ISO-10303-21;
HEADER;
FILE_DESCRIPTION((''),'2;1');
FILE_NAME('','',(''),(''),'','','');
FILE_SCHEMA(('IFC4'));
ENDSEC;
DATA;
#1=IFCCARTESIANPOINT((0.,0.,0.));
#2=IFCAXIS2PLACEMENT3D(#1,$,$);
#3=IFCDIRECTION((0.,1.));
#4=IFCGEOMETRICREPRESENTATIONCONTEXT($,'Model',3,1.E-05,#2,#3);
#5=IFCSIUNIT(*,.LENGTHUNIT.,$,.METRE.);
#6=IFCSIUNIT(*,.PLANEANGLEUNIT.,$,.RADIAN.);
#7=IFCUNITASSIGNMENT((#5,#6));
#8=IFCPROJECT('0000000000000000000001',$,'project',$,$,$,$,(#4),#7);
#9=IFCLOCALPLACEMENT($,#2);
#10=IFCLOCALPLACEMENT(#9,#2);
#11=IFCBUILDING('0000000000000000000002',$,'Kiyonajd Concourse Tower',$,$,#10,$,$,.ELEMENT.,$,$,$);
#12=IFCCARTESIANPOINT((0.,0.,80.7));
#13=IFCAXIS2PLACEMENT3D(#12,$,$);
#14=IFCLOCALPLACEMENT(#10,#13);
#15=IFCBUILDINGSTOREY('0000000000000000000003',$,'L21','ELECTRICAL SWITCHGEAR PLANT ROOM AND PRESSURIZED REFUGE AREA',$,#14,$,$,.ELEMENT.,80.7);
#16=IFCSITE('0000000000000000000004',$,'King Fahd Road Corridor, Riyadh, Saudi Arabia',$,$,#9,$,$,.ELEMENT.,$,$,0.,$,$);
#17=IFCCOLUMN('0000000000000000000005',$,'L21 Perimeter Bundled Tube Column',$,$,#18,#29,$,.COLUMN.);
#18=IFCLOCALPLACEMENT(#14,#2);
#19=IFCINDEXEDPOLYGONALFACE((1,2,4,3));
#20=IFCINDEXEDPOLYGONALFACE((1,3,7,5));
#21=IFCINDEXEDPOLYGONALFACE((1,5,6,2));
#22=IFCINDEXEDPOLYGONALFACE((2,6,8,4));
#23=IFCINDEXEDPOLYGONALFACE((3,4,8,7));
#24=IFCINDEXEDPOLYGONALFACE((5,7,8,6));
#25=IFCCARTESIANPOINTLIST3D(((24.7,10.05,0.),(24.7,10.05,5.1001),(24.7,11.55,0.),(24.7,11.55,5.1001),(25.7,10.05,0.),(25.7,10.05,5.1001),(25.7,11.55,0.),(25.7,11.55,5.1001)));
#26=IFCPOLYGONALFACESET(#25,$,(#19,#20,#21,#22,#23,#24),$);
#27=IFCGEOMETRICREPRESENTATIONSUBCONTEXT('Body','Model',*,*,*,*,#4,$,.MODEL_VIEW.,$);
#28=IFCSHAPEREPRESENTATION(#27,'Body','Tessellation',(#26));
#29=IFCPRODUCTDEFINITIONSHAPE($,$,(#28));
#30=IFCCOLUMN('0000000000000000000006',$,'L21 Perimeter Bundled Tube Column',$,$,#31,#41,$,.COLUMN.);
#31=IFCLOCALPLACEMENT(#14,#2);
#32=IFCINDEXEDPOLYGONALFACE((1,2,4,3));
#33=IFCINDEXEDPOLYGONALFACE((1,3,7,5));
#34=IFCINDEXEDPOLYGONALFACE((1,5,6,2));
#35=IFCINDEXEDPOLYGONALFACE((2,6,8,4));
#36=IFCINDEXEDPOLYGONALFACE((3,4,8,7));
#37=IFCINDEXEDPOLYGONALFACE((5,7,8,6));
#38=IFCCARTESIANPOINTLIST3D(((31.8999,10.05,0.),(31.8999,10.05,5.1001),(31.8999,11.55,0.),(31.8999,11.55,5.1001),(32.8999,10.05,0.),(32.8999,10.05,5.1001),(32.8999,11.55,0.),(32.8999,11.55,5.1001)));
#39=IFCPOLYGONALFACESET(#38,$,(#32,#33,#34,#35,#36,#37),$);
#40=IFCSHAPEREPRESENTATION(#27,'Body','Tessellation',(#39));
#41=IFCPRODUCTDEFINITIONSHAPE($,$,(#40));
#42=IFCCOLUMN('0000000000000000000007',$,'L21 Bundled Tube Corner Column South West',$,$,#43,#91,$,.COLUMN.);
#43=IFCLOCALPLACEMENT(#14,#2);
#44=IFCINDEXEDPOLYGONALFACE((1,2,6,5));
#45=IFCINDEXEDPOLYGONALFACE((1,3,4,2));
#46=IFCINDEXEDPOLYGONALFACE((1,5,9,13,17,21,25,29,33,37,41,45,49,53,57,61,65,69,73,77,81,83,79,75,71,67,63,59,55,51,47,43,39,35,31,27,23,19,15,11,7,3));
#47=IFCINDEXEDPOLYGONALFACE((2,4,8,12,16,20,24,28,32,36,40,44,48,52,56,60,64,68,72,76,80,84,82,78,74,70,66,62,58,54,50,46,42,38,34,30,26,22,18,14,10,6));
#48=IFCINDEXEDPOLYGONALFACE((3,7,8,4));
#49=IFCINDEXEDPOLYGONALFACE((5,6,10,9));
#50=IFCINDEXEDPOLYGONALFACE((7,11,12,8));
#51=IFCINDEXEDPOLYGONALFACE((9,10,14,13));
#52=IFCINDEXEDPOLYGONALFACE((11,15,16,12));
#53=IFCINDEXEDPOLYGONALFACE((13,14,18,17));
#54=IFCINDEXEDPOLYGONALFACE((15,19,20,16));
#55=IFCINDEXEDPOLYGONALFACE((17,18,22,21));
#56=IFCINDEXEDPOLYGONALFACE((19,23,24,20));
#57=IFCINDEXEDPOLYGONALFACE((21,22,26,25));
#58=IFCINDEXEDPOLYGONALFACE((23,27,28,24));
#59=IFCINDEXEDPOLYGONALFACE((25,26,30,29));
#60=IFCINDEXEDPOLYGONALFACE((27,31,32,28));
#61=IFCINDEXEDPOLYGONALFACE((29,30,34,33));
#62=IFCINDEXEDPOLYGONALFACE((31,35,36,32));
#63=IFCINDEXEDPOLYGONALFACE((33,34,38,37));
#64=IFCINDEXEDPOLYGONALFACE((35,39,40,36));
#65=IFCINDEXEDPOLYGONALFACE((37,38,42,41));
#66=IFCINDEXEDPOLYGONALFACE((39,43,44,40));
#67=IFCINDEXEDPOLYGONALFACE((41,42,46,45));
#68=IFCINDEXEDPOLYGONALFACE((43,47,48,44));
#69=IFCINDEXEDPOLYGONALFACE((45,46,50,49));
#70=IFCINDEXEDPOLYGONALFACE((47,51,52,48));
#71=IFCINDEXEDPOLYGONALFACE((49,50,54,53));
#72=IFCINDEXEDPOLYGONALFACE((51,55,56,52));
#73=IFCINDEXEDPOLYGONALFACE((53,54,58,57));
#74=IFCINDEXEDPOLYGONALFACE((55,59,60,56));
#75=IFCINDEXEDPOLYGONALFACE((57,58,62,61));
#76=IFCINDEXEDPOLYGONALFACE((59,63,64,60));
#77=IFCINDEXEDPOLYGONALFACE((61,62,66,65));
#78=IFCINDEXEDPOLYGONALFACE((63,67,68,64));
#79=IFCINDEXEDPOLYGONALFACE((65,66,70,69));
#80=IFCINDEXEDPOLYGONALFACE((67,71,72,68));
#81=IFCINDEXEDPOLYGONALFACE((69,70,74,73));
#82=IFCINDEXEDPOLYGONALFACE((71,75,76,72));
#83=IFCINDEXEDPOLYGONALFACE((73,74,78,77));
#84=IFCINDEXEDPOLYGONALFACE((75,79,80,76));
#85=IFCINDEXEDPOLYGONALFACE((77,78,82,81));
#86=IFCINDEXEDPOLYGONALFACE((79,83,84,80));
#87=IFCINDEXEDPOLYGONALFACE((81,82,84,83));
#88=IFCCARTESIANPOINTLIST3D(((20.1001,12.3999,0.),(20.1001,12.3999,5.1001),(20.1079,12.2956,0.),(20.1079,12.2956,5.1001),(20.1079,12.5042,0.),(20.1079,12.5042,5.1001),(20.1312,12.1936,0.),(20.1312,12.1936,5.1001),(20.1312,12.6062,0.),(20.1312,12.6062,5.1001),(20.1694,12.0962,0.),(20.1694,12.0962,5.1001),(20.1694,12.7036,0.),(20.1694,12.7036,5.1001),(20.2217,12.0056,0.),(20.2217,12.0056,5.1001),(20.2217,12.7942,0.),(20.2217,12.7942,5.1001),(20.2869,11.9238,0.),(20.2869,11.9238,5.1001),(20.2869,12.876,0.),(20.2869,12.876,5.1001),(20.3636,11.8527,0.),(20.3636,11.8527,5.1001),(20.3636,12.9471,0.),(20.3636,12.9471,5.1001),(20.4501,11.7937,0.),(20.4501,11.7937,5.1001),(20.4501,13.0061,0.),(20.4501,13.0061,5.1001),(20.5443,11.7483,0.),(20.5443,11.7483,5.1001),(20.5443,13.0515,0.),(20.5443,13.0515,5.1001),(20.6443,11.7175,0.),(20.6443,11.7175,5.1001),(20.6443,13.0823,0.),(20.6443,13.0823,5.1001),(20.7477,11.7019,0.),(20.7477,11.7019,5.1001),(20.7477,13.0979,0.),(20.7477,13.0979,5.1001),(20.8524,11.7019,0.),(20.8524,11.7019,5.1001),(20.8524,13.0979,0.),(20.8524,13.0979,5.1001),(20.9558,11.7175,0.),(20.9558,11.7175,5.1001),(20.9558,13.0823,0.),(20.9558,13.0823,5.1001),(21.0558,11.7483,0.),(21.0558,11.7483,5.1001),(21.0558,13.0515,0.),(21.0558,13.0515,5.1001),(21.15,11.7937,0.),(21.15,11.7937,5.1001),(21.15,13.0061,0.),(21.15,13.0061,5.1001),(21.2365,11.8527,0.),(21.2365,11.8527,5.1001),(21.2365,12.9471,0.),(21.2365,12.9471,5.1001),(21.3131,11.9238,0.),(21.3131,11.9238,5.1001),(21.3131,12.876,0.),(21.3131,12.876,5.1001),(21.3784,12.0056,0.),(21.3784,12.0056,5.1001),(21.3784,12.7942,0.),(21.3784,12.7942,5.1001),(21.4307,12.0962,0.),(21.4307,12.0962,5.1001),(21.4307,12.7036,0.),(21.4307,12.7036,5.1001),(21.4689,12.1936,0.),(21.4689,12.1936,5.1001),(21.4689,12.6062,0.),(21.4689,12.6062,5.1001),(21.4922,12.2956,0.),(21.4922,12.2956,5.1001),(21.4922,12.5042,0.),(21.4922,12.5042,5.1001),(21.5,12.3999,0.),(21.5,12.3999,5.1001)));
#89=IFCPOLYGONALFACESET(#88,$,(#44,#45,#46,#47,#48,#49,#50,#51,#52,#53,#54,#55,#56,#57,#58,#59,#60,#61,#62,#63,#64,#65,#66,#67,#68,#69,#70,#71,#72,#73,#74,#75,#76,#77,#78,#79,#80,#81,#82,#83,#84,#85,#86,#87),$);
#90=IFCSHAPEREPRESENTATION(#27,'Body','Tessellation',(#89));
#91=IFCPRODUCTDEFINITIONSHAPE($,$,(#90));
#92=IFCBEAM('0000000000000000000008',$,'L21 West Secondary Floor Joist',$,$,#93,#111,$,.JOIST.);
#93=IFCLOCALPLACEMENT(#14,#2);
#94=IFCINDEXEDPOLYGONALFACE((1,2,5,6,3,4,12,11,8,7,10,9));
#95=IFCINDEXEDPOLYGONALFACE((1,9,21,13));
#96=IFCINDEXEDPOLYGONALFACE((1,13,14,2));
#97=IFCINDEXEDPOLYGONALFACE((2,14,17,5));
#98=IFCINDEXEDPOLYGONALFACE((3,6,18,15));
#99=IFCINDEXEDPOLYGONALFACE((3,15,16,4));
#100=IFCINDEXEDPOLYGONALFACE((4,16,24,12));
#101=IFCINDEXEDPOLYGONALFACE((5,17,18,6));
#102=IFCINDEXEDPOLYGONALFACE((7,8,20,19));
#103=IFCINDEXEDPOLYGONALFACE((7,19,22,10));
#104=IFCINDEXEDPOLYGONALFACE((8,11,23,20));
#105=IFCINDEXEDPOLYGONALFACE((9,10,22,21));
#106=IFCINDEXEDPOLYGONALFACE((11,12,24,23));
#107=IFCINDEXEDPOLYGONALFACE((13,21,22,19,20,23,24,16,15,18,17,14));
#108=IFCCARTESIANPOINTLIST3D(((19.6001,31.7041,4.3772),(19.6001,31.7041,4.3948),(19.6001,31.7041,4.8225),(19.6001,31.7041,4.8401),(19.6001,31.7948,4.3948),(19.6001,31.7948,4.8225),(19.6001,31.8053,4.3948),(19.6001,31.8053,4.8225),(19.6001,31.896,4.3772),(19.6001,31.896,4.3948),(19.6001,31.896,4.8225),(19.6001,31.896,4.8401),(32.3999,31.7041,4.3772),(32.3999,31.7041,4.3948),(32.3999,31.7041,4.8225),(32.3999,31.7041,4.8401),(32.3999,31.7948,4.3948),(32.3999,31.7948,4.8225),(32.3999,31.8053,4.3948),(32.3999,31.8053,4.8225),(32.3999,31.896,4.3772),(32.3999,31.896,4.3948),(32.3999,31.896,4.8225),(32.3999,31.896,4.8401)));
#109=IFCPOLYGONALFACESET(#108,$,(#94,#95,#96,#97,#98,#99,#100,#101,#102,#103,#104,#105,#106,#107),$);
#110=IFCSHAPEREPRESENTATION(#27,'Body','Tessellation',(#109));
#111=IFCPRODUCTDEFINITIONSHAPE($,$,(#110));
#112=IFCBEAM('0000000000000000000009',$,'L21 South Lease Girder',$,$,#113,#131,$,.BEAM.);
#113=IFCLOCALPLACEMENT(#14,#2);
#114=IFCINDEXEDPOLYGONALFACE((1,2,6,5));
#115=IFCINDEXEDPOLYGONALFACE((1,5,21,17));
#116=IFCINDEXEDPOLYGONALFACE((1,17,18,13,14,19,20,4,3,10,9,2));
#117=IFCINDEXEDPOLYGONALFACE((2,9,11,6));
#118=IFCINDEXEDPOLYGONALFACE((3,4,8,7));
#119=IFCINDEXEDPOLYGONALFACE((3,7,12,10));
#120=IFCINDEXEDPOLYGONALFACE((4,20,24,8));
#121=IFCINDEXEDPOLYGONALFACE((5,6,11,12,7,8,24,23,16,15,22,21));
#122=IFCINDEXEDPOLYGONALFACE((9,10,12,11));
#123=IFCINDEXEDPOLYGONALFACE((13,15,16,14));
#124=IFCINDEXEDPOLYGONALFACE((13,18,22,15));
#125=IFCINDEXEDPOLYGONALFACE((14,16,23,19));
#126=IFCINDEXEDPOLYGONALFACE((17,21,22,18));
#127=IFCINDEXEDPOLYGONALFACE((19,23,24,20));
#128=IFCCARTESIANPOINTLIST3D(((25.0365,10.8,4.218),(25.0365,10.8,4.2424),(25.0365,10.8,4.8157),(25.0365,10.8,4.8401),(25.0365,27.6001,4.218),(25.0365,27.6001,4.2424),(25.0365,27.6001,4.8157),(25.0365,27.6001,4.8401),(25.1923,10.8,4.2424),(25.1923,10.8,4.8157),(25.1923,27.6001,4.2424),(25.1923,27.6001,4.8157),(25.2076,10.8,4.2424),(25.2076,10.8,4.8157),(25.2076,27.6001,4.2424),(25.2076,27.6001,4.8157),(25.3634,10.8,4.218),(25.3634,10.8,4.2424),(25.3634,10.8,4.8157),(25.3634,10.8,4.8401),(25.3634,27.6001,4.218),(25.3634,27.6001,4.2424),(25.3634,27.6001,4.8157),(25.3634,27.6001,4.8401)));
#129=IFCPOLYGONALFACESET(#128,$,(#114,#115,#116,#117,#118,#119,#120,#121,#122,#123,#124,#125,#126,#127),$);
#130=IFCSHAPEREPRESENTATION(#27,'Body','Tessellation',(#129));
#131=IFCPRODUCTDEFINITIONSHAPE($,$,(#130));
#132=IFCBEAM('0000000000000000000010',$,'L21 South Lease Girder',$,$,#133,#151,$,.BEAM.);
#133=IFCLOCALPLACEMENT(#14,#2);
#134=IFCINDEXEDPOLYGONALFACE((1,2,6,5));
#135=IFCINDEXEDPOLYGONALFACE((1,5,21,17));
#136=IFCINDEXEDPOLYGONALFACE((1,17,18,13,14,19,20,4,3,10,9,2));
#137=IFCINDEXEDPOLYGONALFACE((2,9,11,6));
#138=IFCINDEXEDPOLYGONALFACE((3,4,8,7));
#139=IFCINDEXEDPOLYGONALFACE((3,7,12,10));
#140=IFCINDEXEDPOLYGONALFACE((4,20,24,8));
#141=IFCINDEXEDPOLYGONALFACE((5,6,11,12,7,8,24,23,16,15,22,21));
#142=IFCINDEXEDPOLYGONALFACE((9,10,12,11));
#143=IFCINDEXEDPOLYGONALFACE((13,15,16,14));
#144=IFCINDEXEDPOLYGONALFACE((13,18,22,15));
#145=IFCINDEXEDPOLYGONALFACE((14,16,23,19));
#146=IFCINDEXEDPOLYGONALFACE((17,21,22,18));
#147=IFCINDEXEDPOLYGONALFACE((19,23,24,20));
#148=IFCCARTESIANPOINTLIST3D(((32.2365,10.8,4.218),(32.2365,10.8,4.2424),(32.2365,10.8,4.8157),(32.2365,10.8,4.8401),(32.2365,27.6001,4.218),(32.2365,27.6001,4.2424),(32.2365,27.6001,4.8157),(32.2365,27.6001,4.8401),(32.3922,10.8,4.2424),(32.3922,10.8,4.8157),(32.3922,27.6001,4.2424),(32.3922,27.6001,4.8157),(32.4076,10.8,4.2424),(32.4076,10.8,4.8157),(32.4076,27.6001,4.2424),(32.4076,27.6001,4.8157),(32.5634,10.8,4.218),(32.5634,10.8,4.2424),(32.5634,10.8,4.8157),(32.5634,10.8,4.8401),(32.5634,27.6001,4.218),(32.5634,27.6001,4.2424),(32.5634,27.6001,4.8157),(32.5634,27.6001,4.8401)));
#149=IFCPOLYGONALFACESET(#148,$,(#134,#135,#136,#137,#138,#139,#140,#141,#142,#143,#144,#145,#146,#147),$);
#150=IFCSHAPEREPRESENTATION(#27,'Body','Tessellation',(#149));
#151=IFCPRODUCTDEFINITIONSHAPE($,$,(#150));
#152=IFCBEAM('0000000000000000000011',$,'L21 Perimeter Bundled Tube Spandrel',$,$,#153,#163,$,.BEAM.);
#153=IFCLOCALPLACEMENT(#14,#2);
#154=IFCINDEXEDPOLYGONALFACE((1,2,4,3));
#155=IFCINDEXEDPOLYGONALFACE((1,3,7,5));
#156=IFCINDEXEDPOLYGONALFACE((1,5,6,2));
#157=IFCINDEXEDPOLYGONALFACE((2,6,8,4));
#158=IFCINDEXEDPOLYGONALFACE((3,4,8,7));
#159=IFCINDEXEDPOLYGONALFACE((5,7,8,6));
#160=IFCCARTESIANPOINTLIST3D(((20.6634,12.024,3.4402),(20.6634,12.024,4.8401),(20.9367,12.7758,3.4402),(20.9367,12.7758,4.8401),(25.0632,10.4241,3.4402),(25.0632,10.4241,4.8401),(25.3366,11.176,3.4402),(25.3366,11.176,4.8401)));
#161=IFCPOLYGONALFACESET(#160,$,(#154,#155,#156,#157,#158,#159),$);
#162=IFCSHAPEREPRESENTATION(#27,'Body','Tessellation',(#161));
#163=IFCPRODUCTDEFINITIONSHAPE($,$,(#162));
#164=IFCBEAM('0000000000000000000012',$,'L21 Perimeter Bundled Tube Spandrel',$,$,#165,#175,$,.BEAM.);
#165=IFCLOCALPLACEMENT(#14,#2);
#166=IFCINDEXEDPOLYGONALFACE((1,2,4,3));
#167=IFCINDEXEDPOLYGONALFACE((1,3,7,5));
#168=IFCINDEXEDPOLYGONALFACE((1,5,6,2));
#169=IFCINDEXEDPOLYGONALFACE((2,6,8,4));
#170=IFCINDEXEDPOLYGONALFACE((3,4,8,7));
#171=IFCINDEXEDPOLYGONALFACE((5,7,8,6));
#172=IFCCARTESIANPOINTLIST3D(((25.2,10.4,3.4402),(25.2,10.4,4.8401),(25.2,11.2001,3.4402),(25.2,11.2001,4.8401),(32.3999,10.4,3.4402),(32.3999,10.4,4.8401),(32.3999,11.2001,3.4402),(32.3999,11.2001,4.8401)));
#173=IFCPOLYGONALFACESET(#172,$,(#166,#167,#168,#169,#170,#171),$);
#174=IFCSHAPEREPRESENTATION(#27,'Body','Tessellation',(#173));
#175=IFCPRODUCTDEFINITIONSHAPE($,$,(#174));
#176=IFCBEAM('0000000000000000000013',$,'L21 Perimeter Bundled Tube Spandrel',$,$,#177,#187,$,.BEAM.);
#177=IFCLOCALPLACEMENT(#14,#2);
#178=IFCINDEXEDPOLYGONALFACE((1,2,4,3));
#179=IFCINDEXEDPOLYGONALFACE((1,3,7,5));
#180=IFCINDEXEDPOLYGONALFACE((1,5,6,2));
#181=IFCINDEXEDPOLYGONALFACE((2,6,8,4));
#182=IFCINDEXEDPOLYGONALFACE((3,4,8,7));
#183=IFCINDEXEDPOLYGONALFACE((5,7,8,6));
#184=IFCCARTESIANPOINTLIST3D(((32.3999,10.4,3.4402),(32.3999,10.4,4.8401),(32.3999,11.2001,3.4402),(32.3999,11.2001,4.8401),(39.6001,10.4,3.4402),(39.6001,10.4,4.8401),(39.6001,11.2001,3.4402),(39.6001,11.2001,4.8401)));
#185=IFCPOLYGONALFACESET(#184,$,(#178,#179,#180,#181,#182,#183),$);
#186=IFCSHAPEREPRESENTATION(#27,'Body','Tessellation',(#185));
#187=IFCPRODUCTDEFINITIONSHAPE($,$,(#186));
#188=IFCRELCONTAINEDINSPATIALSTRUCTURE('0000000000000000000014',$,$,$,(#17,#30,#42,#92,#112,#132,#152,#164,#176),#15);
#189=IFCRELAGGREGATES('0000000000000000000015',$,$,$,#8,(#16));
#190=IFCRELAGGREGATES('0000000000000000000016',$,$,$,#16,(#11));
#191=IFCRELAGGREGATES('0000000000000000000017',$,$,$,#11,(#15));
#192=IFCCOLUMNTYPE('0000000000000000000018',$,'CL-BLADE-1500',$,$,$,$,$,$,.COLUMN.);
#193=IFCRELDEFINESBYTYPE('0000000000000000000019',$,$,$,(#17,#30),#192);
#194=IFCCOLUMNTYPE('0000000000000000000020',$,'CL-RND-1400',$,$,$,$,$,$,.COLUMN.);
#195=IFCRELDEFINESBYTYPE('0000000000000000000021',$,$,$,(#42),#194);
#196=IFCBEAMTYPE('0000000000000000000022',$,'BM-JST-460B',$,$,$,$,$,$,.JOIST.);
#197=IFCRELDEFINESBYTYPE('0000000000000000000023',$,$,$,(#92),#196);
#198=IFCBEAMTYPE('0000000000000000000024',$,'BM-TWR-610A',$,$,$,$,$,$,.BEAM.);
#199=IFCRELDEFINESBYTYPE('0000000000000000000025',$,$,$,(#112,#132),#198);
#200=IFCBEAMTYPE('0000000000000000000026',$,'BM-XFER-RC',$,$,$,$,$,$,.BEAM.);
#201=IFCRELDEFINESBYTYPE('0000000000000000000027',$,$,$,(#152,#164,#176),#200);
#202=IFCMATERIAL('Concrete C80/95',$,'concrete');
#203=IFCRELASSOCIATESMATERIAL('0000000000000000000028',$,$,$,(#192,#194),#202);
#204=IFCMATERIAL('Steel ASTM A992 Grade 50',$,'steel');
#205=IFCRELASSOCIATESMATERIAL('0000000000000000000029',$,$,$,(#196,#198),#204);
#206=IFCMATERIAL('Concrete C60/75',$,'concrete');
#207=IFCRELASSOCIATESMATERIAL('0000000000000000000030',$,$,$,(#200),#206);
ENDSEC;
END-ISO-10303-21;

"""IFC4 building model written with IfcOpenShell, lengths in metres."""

from ifc_helpers import new_model, si_unit, direction, frame, origin, origin_2d, place, context, subcontext, project, spatial, rectangle, circle, i_section, extrude, material, material_profile, profile_set, type_object, element, save


model = new_model("IFC4")

# Units and contexts
model_context = context("Model", 3, precision=1e-05, world=origin(), true_north=direction((0.0, 1.0)))
body_context = subcontext(model_context, "Body", "Model", "MODEL_VIEW")
ifc_project = project(units=[si_unit("LENGTHUNIT", "METRE"), si_unit("PLANEANGLEUNIT", "RADIAN")], contexts=[model_context])

# Site, building, storey
site_placement = place(None, origin())
site = spatial("IfcSite", under=ifc_project, at=site_placement, Name="King Fahd Road Corridor, Riyadh, Saudi Arabia", CompositionType="ELEMENT", RefElevation=0.0)
building_placement = place(site_placement, origin())
building = spatial("IfcBuilding", under=site, at=building_placement, Name="Kiyonajd Concourse Tower", CompositionType="ELEMENT")
storey_placement = place(building_placement, frame((0.0, 0.0, 80.7)))
storey = spatial("IfcBuildingStorey", under=building, at=storey_placement, Name="L21", Description="ELECTRICAL SWITCHGEAR PLANT ROOM AND PRESSURIZED REFUGE AREA", CompositionType="ELEMENT", Elevation=80.7)

# Columns
ifc_material_1 = material(Name="Concrete C80/95", Category="concrete")
ifc_material_profile_1 = material_profile(ifc_material_1, rectangle(XDim=1.0, YDim=1.5, at=origin_2d()), Name="RC-1500x1000")
ifc_profile_set_1 = profile_set([ifc_material_profile_1], Name="Concrete C80/95")
column_type_1 = type_object("IfcColumnType", Name="CL-BLADE-1500", PredefinedType="COLUMN", material=ifc_profile_set_1)
for number, where, z_axis, x_axis, name in (
    (1, (25.2, 10.8, 0.0), (0.0, 0.0, 1.0), (1.0, 0.0, 0.0), "L21 Perimeter Bundled Tube Column"),
    (2, (32.3999, 10.8, 0.0), (0.0, 0.0, 1.0), (1.0, 0.0, 0.0), "L21 Perimeter Bundled Tube Column"),
):
    element("IfcColumn", number, at=place(storey_placement, frame(where, z_axis=z_axis, x_axis=x_axis)), inside=storey, type_object=column_type_1, Name=name, PredefinedType="COLUMN", context=body_context, shape_type="SweptSolid", body=[
        extrude(rectangle(XDim=1.0, YDim=1.5, at=origin_2d()), origin(), (0.0, 0.0, 1.0), 5.1001),
    ])
ifc_material_profile_2 = material_profile(ifc_material_1, circle(Radius=0.7, at=origin_2d()), Name="RCC-D1400")
ifc_profile_set_2 = profile_set([ifc_material_profile_2], Name="Concrete C80/95")
column_type_2 = type_object("IfcColumnType", Name="CL-RND-1400", PredefinedType="COLUMN", material=ifc_profile_set_2)
column_placement = place(storey_placement, frame((20.8, 12.3999, 0.0), z_axis=(0.0, 0.0, 1.0), x_axis=(1.0, 0.0, 0.0)))
element("IfcColumn", 3, at=column_placement, inside=storey, type_object=column_type_2, Name="L21 Bundled Tube Corner Column South West", PredefinedType="COLUMN", context=body_context, shape_type="SweptSolid", body=[
    extrude(circle(Radius=0.7, at=origin_2d()), origin(), (0.0, 0.0, 1.0), 5.1001),
])

# Beams
ifc_material_2 = material(Name="Steel ASTM A992 Grade 50", Category="steel")
ifc_material_profile_3 = material_profile(ifc_material_2, i_section(OverallWidth=0.1919, OverallDepth=0.4629, WebThickness=0.0105, FlangeThickness=0.0176, at=origin_2d()), Name="W460X89")
ifc_profile_set_3 = profile_set([ifc_material_profile_3], Name="Steel ASTM A992 Grade 50")
beam_type_1 = type_object("IfcBeamType", Name="BM-JST-460B", PredefinedType="JOIST", material=ifc_profile_set_3)
beam_1_placement = place(storey_placement, frame((19.6001, 31.8, 4.6086), z_axis=(1.0, 0.0, 0.0), x_axis=(0.0, 1.0, 0.0)))
element("IfcBeam", 4, at=beam_1_placement, inside=storey, type_object=beam_type_1, Name="L21 West Secondary Floor Joist", PredefinedType="JOIST", context=body_context, shape_type="SweptSolid", body=[
    extrude(i_section(OverallWidth=0.1919, OverallDepth=0.4629, WebThickness=0.0105, FlangeThickness=0.0176, at=origin_2d()), origin(), (0.0, 0.0, 1.0), 12.7998),
])
ifc_material_profile_4 = material_profile(ifc_material_2, i_section(OverallWidth=0.3269, OverallDepth=0.6221, WebThickness=0.0154, FlangeThickness=0.0244, at=origin_2d()), Name="W610X195")
ifc_profile_set_4 = profile_set([ifc_material_profile_4], Name="Steel ASTM A992 Grade 50")
beam_type_2 = type_object("IfcBeamType", Name="BM-TWR-610A", PredefinedType="BEAM", material=ifc_profile_set_4)
for number, where, z_axis, x_axis, name in (
    (5, (25.2, 10.8, 4.5291), (0.0, 1.0, 0.0), (-1.0, 0.0, 0.0), "L21 South Lease Girder"),
    (6, (32.3999, 10.8, 4.5291), (0.0, 1.0, 0.0), (-1.0, 0.0, 0.0), "L21 South Lease Girder"),
):
    element("IfcBeam", number, at=place(storey_placement, frame(where, z_axis=z_axis, x_axis=x_axis)), inside=storey, type_object=beam_type_2, Name=name, PredefinedType="BEAM", context=body_context, shape_type="SweptSolid", body=[
        extrude(i_section(OverallWidth=0.3269, OverallDepth=0.6221, WebThickness=0.0154, FlangeThickness=0.0244, at=origin_2d()), origin(), (0.0, 0.0, 1.0), 16.8),
    ])
ifc_material_3 = material(Name="Concrete C60/75", Category="concrete")
ifc_material_profile_5 = material_profile(ifc_material_3, rectangle(XDim=0.8, YDim=1.3999, at=origin_2d()), Name="RCBM-800x1400")
ifc_profile_set_5 = profile_set([ifc_material_profile_5], Name="Concrete C60/75")
beam_type_3 = type_object("IfcBeamType", Name="BM-XFER-RC", PredefinedType="BEAM", material=ifc_profile_set_5)
beam_2_placement = place(storey_placement, frame((20.8, 12.3999, 4.1401), z_axis=(0.939801, -0.341722, 0.0), x_axis=(0.341722, 0.939801, 0.0)))
element("IfcBeam", 7, at=beam_2_placement, inside=storey, type_object=beam_type_3, Name="L21 Perimeter Bundled Tube Spandrel", PredefinedType="BEAM", context=body_context, shape_type="SweptSolid", body=[
    extrude(rectangle(XDim=0.8, YDim=1.3999, at=origin_2d()), origin(), (0.0, 0.0, 1.0), 4.6816),
])
beam_3_placement = place(storey_placement, frame((25.2, 10.8, 4.1401), z_axis=(1.0, 0.0, 0.0), x_axis=(0.0, 1.0, 0.0)))
element("IfcBeam", 8, at=beam_3_placement, inside=storey, type_object=beam_type_3, Name="L21 Perimeter Bundled Tube Spandrel", PredefinedType="BEAM", context=body_context, shape_type="SweptSolid", body=[
    extrude(rectangle(XDim=0.8, YDim=1.3999, at=origin_2d()), origin(), (0.0, 0.0, 1.0), 7.2),
])
beam_4_placement = place(storey_placement, frame((32.3999, 10.8, 4.1401), z_axis=(1.0, 0.0, 0.0), x_axis=(0.0, 1.0, 0.0)))
element("IfcBeam", 9, at=beam_4_placement, inside=storey, type_object=beam_type_3, Name="L21 Perimeter Bundled Tube Spandrel", PredefinedType="BEAM", context=body_context, shape_type="SweptSolid", body=[
    extrude(rectangle(XDim=0.8, YDim=1.3999, at=origin_2d()), origin(), (0.0, 0.0, 1.0), 7.2002),
])

save(model, "model.ifc")
